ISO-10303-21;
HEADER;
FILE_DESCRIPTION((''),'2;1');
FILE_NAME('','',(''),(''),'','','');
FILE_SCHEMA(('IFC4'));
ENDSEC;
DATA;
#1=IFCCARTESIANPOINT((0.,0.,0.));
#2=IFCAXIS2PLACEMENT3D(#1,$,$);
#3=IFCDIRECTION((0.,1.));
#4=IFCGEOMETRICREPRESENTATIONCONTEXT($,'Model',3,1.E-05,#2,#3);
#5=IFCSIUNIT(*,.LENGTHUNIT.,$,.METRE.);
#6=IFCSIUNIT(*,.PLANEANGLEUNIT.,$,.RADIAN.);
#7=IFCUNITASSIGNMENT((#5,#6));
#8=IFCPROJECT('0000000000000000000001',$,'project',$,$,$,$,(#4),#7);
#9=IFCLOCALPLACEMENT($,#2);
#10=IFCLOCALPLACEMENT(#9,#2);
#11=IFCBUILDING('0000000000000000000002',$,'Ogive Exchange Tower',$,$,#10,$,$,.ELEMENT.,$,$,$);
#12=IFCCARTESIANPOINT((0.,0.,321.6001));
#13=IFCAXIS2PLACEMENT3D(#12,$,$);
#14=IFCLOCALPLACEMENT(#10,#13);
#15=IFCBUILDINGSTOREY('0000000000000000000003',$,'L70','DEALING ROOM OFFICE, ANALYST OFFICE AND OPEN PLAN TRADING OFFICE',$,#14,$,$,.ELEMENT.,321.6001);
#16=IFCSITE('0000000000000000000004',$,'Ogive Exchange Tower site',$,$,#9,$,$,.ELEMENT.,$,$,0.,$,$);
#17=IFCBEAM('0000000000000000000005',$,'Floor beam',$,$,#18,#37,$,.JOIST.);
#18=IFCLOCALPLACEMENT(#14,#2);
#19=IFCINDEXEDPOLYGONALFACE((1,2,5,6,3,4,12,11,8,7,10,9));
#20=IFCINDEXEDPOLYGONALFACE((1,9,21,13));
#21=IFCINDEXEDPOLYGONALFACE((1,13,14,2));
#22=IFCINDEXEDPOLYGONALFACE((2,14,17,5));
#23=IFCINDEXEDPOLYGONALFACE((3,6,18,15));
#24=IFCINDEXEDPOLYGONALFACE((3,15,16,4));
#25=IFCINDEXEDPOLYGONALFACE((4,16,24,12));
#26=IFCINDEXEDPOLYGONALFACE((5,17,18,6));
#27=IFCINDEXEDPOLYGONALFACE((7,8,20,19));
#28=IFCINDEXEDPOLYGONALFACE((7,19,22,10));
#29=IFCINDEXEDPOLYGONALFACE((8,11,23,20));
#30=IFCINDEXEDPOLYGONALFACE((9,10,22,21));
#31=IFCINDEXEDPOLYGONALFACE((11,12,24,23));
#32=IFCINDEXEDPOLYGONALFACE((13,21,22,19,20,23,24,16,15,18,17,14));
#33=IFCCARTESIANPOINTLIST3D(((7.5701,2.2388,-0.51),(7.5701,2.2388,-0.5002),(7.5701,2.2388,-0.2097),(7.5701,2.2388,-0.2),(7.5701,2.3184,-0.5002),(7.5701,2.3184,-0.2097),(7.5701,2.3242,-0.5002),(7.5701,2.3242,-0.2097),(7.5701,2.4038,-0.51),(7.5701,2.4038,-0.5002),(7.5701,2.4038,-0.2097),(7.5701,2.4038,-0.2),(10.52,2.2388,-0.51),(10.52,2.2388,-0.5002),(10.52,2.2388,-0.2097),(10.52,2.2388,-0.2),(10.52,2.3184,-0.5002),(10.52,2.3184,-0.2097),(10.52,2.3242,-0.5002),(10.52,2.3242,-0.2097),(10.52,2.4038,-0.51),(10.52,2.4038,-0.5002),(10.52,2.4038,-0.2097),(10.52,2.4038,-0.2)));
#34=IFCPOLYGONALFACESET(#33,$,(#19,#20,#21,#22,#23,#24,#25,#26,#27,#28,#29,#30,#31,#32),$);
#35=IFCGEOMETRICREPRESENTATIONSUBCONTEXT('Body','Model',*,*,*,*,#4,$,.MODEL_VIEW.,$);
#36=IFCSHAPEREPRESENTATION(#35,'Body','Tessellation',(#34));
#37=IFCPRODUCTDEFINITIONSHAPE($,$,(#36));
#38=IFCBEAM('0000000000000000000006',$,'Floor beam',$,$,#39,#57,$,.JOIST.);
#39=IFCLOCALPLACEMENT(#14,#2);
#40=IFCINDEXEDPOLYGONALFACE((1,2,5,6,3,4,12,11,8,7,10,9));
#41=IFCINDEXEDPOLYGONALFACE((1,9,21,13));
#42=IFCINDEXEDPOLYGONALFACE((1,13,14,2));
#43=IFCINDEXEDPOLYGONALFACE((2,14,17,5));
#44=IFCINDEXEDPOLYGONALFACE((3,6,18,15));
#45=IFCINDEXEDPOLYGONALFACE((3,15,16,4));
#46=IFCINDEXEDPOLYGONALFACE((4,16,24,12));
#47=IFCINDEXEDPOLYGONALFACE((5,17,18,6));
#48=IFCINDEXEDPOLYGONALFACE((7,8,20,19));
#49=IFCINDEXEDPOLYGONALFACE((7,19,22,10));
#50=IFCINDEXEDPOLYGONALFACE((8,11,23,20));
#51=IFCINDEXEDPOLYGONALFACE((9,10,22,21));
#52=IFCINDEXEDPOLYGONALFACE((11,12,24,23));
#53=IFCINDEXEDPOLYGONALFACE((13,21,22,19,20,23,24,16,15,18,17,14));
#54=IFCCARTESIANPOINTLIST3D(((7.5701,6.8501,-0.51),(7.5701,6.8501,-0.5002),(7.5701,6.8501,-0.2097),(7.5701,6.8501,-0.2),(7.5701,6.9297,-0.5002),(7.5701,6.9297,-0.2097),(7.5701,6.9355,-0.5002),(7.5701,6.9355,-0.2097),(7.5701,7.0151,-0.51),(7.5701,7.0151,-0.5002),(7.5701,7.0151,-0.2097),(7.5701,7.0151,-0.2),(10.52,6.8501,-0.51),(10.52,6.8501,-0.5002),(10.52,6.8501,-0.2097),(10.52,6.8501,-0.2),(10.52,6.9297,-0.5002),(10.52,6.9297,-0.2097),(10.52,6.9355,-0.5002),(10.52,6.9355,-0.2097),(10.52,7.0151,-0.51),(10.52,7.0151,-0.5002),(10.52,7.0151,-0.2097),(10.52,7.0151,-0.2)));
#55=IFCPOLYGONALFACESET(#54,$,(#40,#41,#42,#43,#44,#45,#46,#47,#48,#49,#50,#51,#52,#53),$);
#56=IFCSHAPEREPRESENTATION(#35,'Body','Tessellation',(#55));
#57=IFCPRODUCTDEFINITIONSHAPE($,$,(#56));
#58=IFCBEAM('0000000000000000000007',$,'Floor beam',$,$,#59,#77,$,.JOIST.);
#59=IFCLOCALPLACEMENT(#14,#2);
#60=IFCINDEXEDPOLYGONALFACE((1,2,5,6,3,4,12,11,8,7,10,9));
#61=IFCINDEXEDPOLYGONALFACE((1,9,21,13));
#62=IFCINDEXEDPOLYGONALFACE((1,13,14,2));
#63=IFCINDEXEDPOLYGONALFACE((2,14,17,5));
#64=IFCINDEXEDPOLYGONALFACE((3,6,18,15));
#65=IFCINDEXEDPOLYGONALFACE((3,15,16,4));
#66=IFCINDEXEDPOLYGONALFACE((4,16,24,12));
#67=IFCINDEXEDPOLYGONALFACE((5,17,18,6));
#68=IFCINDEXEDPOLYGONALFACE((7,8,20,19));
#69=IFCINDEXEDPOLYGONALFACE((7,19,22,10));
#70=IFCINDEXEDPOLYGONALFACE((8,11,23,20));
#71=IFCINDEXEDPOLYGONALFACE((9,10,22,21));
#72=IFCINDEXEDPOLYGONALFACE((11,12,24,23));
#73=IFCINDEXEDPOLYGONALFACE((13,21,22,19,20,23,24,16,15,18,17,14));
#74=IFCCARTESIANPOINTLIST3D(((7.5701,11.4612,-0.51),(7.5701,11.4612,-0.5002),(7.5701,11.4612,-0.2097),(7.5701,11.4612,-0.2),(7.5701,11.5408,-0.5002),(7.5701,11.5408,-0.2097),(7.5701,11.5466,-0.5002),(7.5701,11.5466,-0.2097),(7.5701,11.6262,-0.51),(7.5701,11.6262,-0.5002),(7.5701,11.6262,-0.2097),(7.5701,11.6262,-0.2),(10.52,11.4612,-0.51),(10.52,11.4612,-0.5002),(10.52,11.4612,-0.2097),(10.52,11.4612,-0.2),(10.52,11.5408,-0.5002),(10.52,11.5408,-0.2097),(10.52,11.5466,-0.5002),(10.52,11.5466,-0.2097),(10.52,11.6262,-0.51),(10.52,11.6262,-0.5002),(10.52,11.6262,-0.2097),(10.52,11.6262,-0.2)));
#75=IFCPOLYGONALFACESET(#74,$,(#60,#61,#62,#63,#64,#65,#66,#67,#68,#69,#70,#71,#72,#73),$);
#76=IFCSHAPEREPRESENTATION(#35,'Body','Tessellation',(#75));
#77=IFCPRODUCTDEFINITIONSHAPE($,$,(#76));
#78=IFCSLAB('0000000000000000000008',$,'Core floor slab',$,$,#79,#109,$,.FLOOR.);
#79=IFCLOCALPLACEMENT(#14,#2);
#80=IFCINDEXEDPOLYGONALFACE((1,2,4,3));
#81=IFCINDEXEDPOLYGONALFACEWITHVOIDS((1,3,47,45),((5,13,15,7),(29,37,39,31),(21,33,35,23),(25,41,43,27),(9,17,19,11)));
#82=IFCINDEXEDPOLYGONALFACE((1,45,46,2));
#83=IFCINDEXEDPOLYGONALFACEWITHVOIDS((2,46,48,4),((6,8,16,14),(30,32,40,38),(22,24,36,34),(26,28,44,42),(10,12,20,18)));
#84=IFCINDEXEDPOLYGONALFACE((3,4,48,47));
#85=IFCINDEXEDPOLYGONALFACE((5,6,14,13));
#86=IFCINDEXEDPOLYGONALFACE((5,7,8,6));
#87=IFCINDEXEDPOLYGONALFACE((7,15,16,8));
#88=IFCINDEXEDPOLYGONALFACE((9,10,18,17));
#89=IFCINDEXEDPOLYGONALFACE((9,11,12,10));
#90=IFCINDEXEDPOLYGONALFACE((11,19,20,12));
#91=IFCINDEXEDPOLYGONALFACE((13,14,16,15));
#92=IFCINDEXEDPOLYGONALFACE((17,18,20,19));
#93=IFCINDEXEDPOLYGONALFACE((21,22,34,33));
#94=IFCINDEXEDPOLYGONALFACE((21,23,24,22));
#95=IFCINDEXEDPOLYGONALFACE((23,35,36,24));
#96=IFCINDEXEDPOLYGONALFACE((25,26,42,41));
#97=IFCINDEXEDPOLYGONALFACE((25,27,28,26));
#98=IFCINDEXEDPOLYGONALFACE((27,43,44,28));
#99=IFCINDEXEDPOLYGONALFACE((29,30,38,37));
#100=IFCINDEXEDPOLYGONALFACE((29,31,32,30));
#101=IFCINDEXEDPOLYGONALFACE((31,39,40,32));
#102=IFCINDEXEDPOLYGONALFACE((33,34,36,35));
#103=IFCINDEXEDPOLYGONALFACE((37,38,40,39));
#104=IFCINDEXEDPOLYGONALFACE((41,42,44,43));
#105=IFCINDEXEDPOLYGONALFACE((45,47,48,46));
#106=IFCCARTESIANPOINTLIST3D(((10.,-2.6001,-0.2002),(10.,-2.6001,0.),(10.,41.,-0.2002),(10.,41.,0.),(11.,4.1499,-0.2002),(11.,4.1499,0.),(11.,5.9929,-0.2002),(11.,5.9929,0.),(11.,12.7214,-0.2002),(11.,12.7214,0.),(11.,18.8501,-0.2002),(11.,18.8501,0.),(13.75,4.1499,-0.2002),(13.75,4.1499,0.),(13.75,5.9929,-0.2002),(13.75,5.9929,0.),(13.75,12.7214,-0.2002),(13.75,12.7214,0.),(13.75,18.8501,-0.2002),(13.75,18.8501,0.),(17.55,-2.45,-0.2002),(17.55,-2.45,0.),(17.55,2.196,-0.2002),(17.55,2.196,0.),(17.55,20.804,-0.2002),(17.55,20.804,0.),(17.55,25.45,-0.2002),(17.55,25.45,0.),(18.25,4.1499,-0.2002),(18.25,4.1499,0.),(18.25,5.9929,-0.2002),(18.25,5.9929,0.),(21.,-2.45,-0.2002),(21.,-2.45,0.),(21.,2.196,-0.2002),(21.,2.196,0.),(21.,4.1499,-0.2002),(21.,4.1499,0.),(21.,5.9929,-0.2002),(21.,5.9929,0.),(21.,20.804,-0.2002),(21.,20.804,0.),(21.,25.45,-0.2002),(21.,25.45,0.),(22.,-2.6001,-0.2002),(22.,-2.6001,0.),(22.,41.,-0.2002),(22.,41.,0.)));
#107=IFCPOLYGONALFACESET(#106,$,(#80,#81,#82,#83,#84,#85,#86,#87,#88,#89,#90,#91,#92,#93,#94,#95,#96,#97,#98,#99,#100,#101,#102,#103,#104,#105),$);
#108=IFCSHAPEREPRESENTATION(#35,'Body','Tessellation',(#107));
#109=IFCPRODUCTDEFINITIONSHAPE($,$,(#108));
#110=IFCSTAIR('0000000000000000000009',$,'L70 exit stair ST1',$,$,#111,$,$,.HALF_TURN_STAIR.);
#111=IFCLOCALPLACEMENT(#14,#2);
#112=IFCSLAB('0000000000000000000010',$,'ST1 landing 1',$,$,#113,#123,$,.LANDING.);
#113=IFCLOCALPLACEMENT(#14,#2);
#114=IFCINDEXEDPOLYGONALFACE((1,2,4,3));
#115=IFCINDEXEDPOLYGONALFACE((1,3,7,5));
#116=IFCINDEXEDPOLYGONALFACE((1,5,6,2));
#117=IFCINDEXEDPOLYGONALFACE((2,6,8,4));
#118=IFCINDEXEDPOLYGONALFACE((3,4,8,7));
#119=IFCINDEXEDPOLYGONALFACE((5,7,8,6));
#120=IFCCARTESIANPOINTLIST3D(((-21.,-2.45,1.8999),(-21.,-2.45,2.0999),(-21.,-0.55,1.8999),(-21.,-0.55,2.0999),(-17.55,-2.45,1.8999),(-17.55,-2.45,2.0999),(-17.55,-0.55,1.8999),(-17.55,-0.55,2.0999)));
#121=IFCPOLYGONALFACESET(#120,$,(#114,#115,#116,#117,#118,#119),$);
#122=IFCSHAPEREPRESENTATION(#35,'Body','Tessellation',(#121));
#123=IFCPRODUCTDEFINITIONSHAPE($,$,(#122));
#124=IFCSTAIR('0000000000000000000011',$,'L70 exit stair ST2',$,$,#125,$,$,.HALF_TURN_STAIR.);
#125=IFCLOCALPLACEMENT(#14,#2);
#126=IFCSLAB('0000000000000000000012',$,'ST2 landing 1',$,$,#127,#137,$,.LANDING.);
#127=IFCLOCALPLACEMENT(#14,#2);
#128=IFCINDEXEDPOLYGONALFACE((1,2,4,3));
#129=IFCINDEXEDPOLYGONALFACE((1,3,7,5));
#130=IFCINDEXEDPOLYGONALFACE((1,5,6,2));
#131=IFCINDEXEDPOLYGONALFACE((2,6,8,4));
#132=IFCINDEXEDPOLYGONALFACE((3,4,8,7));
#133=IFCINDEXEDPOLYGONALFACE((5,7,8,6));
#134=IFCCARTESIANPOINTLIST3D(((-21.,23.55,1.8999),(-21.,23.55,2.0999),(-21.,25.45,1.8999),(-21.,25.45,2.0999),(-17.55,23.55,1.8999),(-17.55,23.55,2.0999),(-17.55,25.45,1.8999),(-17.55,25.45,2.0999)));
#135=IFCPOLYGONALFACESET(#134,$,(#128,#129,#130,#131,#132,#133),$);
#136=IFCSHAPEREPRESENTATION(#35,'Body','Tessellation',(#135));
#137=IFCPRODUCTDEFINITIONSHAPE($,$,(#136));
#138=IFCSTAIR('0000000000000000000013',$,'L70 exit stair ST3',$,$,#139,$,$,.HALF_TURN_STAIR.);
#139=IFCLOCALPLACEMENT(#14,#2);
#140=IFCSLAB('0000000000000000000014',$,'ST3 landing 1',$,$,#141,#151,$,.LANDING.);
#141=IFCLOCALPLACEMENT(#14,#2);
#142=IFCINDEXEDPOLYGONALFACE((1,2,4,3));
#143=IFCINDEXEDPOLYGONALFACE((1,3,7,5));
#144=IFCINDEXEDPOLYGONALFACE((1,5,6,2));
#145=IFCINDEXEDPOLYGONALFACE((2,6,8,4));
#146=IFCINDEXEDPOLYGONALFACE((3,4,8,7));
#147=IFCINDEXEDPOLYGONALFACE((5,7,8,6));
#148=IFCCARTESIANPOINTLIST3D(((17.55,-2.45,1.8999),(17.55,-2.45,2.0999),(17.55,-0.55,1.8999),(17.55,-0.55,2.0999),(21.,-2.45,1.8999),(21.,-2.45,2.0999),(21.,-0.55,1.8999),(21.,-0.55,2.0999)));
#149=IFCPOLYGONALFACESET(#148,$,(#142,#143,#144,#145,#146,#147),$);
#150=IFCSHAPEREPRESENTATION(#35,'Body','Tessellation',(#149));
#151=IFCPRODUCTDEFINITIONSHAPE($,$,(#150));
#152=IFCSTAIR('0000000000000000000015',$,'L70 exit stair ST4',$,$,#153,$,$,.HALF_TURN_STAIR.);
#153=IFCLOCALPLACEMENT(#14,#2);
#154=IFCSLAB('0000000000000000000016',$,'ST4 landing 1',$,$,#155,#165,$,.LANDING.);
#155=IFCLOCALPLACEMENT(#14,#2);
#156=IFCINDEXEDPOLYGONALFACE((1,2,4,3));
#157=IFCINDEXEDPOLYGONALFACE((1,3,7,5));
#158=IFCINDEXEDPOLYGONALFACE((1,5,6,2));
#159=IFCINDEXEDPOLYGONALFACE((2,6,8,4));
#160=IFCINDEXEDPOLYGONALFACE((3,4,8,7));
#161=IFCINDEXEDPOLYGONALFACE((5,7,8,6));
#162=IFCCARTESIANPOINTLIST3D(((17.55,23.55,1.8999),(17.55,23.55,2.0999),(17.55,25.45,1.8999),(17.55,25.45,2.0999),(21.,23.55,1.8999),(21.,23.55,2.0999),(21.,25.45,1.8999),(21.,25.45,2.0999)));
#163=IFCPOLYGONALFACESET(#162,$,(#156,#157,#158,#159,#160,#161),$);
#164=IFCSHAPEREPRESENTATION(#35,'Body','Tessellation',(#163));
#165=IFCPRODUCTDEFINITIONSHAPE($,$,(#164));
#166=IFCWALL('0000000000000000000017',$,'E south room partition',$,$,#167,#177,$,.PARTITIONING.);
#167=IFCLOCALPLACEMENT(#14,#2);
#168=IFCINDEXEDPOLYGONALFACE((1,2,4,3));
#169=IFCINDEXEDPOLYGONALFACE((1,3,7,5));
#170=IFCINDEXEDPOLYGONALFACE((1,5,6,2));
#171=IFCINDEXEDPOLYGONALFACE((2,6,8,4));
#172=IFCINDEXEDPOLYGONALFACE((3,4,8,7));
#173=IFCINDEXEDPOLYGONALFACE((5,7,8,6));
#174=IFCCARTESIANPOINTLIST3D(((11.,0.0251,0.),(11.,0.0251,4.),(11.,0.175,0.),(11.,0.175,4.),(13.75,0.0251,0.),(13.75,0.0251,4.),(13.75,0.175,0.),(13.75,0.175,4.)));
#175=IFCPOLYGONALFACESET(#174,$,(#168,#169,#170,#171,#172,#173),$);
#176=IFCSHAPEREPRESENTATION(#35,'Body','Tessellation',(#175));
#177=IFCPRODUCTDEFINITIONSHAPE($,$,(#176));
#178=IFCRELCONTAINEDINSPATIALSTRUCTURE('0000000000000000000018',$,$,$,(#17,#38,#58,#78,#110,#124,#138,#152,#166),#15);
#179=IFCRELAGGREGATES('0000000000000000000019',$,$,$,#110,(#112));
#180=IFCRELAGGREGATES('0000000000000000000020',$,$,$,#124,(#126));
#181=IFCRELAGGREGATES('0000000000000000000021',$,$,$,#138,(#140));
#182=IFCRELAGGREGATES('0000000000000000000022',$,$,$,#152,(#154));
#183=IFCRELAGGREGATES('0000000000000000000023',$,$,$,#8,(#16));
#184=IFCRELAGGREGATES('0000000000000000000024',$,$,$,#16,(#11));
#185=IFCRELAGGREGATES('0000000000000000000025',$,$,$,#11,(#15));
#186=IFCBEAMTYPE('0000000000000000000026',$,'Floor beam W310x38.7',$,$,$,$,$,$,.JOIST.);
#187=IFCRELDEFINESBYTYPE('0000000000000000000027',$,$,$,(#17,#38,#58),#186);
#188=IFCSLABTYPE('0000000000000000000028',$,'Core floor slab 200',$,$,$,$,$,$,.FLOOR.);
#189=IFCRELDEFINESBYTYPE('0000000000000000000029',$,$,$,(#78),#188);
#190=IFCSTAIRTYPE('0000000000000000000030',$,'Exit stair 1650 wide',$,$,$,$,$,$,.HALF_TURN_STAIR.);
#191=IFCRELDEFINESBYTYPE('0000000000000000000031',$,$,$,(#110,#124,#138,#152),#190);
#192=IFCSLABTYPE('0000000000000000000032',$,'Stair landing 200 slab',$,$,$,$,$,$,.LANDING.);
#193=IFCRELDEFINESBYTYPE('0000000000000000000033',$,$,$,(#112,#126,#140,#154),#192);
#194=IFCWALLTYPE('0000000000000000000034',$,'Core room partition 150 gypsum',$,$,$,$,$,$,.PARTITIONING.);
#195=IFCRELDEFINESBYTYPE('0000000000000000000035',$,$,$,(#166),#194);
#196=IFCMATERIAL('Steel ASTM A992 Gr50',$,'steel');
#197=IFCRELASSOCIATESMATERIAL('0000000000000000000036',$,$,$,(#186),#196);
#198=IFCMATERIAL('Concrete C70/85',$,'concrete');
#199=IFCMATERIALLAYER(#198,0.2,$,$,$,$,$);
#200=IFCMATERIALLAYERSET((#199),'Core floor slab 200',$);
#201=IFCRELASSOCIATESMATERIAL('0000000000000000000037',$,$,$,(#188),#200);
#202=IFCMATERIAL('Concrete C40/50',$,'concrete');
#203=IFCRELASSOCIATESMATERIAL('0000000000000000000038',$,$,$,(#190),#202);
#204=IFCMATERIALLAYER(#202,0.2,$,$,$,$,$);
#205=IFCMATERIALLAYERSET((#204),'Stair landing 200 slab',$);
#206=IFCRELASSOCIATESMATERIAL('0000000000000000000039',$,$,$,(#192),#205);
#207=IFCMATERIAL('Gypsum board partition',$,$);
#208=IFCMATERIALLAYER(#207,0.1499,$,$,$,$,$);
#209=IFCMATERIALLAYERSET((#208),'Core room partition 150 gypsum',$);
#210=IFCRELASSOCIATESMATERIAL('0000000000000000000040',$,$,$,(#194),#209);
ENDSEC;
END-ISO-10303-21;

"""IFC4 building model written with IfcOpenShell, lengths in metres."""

from ifc_helpers import new_model, si_unit, direction, frame, frame_2d, origin, origin_2d, place, context, subcontext, project, spatial, polyline, rectangle, i_section, outline, extrude, material, layer, layer_set, material_profile, profile_set, type_object, element, aggregate, save


model = new_model("IFC4")

# Units and contexts
model_context = context("Model", 3, precision=1e-05, world=origin(), true_north=direction((0.0, 1.0)))
body_context = subcontext(model_context, "Body", "Model", "MODEL_VIEW")
ifc_project = project(units=[si_unit("LENGTHUNIT", "METRE"), si_unit("PLANEANGLEUNIT", "RADIAN")], contexts=[model_context])

# Site, building, storey
site_placement = place(None, origin())
site = spatial("IfcSite", under=ifc_project, at=site_placement, Name="Ogive Exchange Tower site", CompositionType="ELEMENT", RefElevation=0.0)
building_placement = place(site_placement, origin())
building = spatial("IfcBuilding", under=site, at=building_placement, Name="Ogive Exchange Tower", CompositionType="ELEMENT")
storey_placement = place(building_placement, frame((0.0, 0.0, 321.6001)))
storey = spatial("IfcBuildingStorey", under=building, at=storey_placement, Name="L70", Description="DEALING ROOM OFFICE, ANALYST OFFICE AND OPEN PLAN TRADING OFFICE", CompositionType="ELEMENT", Elevation=321.6001)

# Beams
ifc_material_1 = material(Name="Steel ASTM A992 Gr50", Category="steel")
ifc_material_profile = material_profile(ifc_material_1, i_section(OverallWidth=0.165, OverallDepth=0.3101, WebThickness=0.0059, FlangeThickness=0.0098, at=origin_2d()), Name="W310x38.7")
ifc_profile_set = profile_set([ifc_material_profile], Name="Steel ASTM A992 Gr50")
beam_type = type_object("IfcBeamType", Name="Floor beam W310x38.7", PredefinedType="JOIST", material=ifc_profile_set)
for number, where, z_axis, x_axis, name in (
    (1, (7.5701, 2.3213, -0.355), (1.0, 0.0, 0.0), (0.0, 1.0, 0.0), "Floor beam"),
    (2, (7.5701, 6.9326, -0.355), (1.0, 0.0, 0.0), (0.0, 1.0, 0.0), "Floor beam"),
    (3, (7.5701, 11.5437, -0.355), (1.0, 0.0, 0.0), (0.0, 1.0, 0.0), "Floor beam"),
):
    element("IfcBeam", number, at=place(storey_placement, frame(where, z_axis=z_axis, x_axis=x_axis)), inside=storey, type_object=beam_type, Name=name, PredefinedType="JOIST", context=body_context, shape_type="SweptSolid", body=[
        extrude(i_section(OverallWidth=0.165, OverallDepth=0.3101, WebThickness=0.0059, FlangeThickness=0.0098, at=origin_2d()), origin(), (0.0, 0.0, 1.0), 2.95),
    ])

# Slab
ifc_material_2 = material(Name="Concrete C70/85", Category="concrete")
ifc_layer_1 = layer(ifc_material_2, 0.2)
ifc_layer_set_1 = layer_set([ifc_layer_1], Name="Core floor slab 200")
slab_type_1 = type_object("IfcSlabType", Name="Core floor slab 200", PredefinedType="FLOOR", material=ifc_layer_set_1)
slab_1_placement = place(storey_placement, frame((0.0, 0.0, -0.2002)))
element("IfcSlab", 4, at=slab_1_placement, inside=storey, type_object=slab_type_1, Name="Core floor slab", PredefinedType="FLOOR", context=body_context, shape_type="SweptSolid", body=[
    extrude(outline(polyline([(10.0, -2.6001), (10.0, 41.0), (22.0, 41.0), (22.0, -2.6001), (10.0, -2.6001)]), holes=[polyline([(21.0, 2.196), (17.55, 2.196), (17.55, -2.45), (21.0, -2.45), (21.0, 2.196)]), polyline([(11.0, 5.9929), (11.0, 4.1499), (13.75, 4.1499), (13.75, 5.9929), (11.0, 5.9929)]), polyline([(18.25, 5.9929), (18.25, 4.1499), (21.0, 4.1499), (21.0, 5.9929), (18.25, 5.9929)]), polyline([(13.75, 18.8501), (11.0, 18.8501), (11.0, 12.7214), (13.75, 12.7214), (13.75, 18.8501)]), polyline([(17.55, 25.45), (17.55, 20.804), (21.0, 20.804), (21.0, 25.45), (17.55, 25.45)])]), origin(), (0.0, 0.0, 1.0), 0.2002),
])

# Stairs, slabs
ifc_material_3 = material(Name="Concrete C40/50", Category="concrete")
stair_type = type_object("IfcStairType", Name="Exit stair 1650 wide", PredefinedType="HALF_TURN_STAIR", material=ifc_material_3)
stair_1_placement = place(storey_placement, origin())
stair_1 = element("IfcStair", 5, at=stair_1_placement, inside=storey, type_object=stair_type, Name="L70 exit stair ST1", PredefinedType="HALF_TURN_STAIR")
ifc_layer_2 = layer(ifc_material_3, 0.2)
ifc_layer_set_2 = layer_set([ifc_layer_2], Name="Stair landing 200 slab")
slab_type_2 = type_object("IfcSlabType", Name="Stair landing 200 slab", PredefinedType="LANDING", material=ifc_layer_set_2)
slab_2_placement = place(storey_placement, frame((0.0, 0.0, 1.8999)))
slab_2 = element("IfcSlab", 6, at=slab_2_placement, type_object=slab_type_2, Name="ST1 landing 1", PredefinedType="LANDING", context=body_context, shape_type="SweptSolid", body=[
    extrude(outline(polyline([(-21.0, -0.55), (-21.0, -2.45), (-17.55, -2.45), (-17.55, -0.55), (-21.0, -0.55)])), origin(), (0.0, 0.0, 1.0), 0.2),
])
aggregate(stair_1, [slab_2])
stair_2_placement = place(storey_placement, origin())
stair_2 = element("IfcStair", 7, at=stair_2_placement, inside=storey, type_object=stair_type, Name="L70 exit stair ST2", PredefinedType="HALF_TURN_STAIR")
slab_3_placement = place(storey_placement, frame((0.0, 0.0, 1.8999)))
slab_3 = element("IfcSlab", 8, at=slab_3_placement, type_object=slab_type_2, Name="ST2 landing 1", PredefinedType="LANDING", context=body_context, shape_type="SweptSolid", body=[
    extrude(outline(polyline([(-17.55, 23.55), (-17.55, 25.45), (-21.0, 25.45), (-21.0, 23.55), (-17.55, 23.55)])), origin(), (0.0, 0.0, 1.0), 0.2),
])
aggregate(stair_2, [slab_3])
stair_3_placement = place(storey_placement, origin())
stair_3 = element("IfcStair", 9, at=stair_3_placement, inside=storey, type_object=stair_type, Name="L70 exit stair ST3", PredefinedType="HALF_TURN_STAIR")
slab_4_placement = place(storey_placement, frame((0.0, 0.0, 1.8999)))
slab_4 = element("IfcSlab", 10, at=slab_4_placement, type_object=slab_type_2, Name="ST3 landing 1", PredefinedType="LANDING", context=body_context, shape_type="SweptSolid", body=[
    extrude(outline(polyline([(17.55, -0.55), (17.55, -2.45), (21.0, -2.45), (21.0, -0.55), (17.55, -0.55)])), origin(), (0.0, 0.0, 1.0), 0.2),
])
aggregate(stair_3, [slab_4])
stair_4_placement = place(storey_placement, origin())
stair_4 = element("IfcStair", 11, at=stair_4_placement, inside=storey, type_object=stair_type, Name="L70 exit stair ST4", PredefinedType="HALF_TURN_STAIR")
slab_5_placement = place(storey_placement, frame((0.0, 0.0, 1.8999)))
slab_5 = element("IfcSlab", 12, at=slab_5_placement, type_object=slab_type_2, Name="ST4 landing 1", PredefinedType="LANDING", context=body_context, shape_type="SweptSolid", body=[
    extrude(outline(polyline([(21.0, 23.55), (21.0, 25.45), (17.55, 25.45), (17.55, 23.55), (21.0, 23.55)])), origin(), (0.0, 0.0, 1.0), 0.2),
])
aggregate(stair_4, [slab_5])

# Wall
ifc_material_4 = material(Name="Gypsum board partition")
ifc_layer_3 = layer(ifc_material_4, 0.1499)
ifc_layer_set_3 = layer_set([ifc_layer_3], Name="Core room partition 150 gypsum")
wall_type_1 = type_object("IfcWallType", Name="Core room partition 150 gypsum", PredefinedType="PARTITIONING", material=ifc_layer_set_3)
wall_1_placement = place(storey_placement, frame((11.0, 0.1001, 0.0), z_axis=(0.0, 0.0, 1.0), x_axis=(1.0, 0.0, 0.0)))
element("IfcWall", 13, at=wall_1_placement, inside=storey, type_object=wall_type_1, Name="E south room partition", PredefinedType="PARTITIONING", context=body_context, shape_type="SweptSolid", body=[
    extrude(rectangle(XDim=2.75, YDim=0.1499, at=frame_2d((1.375, 0.0))), origin(), (0.0, 0.0, 1.0), 4.0),
])

save(model, "model.ifc")
